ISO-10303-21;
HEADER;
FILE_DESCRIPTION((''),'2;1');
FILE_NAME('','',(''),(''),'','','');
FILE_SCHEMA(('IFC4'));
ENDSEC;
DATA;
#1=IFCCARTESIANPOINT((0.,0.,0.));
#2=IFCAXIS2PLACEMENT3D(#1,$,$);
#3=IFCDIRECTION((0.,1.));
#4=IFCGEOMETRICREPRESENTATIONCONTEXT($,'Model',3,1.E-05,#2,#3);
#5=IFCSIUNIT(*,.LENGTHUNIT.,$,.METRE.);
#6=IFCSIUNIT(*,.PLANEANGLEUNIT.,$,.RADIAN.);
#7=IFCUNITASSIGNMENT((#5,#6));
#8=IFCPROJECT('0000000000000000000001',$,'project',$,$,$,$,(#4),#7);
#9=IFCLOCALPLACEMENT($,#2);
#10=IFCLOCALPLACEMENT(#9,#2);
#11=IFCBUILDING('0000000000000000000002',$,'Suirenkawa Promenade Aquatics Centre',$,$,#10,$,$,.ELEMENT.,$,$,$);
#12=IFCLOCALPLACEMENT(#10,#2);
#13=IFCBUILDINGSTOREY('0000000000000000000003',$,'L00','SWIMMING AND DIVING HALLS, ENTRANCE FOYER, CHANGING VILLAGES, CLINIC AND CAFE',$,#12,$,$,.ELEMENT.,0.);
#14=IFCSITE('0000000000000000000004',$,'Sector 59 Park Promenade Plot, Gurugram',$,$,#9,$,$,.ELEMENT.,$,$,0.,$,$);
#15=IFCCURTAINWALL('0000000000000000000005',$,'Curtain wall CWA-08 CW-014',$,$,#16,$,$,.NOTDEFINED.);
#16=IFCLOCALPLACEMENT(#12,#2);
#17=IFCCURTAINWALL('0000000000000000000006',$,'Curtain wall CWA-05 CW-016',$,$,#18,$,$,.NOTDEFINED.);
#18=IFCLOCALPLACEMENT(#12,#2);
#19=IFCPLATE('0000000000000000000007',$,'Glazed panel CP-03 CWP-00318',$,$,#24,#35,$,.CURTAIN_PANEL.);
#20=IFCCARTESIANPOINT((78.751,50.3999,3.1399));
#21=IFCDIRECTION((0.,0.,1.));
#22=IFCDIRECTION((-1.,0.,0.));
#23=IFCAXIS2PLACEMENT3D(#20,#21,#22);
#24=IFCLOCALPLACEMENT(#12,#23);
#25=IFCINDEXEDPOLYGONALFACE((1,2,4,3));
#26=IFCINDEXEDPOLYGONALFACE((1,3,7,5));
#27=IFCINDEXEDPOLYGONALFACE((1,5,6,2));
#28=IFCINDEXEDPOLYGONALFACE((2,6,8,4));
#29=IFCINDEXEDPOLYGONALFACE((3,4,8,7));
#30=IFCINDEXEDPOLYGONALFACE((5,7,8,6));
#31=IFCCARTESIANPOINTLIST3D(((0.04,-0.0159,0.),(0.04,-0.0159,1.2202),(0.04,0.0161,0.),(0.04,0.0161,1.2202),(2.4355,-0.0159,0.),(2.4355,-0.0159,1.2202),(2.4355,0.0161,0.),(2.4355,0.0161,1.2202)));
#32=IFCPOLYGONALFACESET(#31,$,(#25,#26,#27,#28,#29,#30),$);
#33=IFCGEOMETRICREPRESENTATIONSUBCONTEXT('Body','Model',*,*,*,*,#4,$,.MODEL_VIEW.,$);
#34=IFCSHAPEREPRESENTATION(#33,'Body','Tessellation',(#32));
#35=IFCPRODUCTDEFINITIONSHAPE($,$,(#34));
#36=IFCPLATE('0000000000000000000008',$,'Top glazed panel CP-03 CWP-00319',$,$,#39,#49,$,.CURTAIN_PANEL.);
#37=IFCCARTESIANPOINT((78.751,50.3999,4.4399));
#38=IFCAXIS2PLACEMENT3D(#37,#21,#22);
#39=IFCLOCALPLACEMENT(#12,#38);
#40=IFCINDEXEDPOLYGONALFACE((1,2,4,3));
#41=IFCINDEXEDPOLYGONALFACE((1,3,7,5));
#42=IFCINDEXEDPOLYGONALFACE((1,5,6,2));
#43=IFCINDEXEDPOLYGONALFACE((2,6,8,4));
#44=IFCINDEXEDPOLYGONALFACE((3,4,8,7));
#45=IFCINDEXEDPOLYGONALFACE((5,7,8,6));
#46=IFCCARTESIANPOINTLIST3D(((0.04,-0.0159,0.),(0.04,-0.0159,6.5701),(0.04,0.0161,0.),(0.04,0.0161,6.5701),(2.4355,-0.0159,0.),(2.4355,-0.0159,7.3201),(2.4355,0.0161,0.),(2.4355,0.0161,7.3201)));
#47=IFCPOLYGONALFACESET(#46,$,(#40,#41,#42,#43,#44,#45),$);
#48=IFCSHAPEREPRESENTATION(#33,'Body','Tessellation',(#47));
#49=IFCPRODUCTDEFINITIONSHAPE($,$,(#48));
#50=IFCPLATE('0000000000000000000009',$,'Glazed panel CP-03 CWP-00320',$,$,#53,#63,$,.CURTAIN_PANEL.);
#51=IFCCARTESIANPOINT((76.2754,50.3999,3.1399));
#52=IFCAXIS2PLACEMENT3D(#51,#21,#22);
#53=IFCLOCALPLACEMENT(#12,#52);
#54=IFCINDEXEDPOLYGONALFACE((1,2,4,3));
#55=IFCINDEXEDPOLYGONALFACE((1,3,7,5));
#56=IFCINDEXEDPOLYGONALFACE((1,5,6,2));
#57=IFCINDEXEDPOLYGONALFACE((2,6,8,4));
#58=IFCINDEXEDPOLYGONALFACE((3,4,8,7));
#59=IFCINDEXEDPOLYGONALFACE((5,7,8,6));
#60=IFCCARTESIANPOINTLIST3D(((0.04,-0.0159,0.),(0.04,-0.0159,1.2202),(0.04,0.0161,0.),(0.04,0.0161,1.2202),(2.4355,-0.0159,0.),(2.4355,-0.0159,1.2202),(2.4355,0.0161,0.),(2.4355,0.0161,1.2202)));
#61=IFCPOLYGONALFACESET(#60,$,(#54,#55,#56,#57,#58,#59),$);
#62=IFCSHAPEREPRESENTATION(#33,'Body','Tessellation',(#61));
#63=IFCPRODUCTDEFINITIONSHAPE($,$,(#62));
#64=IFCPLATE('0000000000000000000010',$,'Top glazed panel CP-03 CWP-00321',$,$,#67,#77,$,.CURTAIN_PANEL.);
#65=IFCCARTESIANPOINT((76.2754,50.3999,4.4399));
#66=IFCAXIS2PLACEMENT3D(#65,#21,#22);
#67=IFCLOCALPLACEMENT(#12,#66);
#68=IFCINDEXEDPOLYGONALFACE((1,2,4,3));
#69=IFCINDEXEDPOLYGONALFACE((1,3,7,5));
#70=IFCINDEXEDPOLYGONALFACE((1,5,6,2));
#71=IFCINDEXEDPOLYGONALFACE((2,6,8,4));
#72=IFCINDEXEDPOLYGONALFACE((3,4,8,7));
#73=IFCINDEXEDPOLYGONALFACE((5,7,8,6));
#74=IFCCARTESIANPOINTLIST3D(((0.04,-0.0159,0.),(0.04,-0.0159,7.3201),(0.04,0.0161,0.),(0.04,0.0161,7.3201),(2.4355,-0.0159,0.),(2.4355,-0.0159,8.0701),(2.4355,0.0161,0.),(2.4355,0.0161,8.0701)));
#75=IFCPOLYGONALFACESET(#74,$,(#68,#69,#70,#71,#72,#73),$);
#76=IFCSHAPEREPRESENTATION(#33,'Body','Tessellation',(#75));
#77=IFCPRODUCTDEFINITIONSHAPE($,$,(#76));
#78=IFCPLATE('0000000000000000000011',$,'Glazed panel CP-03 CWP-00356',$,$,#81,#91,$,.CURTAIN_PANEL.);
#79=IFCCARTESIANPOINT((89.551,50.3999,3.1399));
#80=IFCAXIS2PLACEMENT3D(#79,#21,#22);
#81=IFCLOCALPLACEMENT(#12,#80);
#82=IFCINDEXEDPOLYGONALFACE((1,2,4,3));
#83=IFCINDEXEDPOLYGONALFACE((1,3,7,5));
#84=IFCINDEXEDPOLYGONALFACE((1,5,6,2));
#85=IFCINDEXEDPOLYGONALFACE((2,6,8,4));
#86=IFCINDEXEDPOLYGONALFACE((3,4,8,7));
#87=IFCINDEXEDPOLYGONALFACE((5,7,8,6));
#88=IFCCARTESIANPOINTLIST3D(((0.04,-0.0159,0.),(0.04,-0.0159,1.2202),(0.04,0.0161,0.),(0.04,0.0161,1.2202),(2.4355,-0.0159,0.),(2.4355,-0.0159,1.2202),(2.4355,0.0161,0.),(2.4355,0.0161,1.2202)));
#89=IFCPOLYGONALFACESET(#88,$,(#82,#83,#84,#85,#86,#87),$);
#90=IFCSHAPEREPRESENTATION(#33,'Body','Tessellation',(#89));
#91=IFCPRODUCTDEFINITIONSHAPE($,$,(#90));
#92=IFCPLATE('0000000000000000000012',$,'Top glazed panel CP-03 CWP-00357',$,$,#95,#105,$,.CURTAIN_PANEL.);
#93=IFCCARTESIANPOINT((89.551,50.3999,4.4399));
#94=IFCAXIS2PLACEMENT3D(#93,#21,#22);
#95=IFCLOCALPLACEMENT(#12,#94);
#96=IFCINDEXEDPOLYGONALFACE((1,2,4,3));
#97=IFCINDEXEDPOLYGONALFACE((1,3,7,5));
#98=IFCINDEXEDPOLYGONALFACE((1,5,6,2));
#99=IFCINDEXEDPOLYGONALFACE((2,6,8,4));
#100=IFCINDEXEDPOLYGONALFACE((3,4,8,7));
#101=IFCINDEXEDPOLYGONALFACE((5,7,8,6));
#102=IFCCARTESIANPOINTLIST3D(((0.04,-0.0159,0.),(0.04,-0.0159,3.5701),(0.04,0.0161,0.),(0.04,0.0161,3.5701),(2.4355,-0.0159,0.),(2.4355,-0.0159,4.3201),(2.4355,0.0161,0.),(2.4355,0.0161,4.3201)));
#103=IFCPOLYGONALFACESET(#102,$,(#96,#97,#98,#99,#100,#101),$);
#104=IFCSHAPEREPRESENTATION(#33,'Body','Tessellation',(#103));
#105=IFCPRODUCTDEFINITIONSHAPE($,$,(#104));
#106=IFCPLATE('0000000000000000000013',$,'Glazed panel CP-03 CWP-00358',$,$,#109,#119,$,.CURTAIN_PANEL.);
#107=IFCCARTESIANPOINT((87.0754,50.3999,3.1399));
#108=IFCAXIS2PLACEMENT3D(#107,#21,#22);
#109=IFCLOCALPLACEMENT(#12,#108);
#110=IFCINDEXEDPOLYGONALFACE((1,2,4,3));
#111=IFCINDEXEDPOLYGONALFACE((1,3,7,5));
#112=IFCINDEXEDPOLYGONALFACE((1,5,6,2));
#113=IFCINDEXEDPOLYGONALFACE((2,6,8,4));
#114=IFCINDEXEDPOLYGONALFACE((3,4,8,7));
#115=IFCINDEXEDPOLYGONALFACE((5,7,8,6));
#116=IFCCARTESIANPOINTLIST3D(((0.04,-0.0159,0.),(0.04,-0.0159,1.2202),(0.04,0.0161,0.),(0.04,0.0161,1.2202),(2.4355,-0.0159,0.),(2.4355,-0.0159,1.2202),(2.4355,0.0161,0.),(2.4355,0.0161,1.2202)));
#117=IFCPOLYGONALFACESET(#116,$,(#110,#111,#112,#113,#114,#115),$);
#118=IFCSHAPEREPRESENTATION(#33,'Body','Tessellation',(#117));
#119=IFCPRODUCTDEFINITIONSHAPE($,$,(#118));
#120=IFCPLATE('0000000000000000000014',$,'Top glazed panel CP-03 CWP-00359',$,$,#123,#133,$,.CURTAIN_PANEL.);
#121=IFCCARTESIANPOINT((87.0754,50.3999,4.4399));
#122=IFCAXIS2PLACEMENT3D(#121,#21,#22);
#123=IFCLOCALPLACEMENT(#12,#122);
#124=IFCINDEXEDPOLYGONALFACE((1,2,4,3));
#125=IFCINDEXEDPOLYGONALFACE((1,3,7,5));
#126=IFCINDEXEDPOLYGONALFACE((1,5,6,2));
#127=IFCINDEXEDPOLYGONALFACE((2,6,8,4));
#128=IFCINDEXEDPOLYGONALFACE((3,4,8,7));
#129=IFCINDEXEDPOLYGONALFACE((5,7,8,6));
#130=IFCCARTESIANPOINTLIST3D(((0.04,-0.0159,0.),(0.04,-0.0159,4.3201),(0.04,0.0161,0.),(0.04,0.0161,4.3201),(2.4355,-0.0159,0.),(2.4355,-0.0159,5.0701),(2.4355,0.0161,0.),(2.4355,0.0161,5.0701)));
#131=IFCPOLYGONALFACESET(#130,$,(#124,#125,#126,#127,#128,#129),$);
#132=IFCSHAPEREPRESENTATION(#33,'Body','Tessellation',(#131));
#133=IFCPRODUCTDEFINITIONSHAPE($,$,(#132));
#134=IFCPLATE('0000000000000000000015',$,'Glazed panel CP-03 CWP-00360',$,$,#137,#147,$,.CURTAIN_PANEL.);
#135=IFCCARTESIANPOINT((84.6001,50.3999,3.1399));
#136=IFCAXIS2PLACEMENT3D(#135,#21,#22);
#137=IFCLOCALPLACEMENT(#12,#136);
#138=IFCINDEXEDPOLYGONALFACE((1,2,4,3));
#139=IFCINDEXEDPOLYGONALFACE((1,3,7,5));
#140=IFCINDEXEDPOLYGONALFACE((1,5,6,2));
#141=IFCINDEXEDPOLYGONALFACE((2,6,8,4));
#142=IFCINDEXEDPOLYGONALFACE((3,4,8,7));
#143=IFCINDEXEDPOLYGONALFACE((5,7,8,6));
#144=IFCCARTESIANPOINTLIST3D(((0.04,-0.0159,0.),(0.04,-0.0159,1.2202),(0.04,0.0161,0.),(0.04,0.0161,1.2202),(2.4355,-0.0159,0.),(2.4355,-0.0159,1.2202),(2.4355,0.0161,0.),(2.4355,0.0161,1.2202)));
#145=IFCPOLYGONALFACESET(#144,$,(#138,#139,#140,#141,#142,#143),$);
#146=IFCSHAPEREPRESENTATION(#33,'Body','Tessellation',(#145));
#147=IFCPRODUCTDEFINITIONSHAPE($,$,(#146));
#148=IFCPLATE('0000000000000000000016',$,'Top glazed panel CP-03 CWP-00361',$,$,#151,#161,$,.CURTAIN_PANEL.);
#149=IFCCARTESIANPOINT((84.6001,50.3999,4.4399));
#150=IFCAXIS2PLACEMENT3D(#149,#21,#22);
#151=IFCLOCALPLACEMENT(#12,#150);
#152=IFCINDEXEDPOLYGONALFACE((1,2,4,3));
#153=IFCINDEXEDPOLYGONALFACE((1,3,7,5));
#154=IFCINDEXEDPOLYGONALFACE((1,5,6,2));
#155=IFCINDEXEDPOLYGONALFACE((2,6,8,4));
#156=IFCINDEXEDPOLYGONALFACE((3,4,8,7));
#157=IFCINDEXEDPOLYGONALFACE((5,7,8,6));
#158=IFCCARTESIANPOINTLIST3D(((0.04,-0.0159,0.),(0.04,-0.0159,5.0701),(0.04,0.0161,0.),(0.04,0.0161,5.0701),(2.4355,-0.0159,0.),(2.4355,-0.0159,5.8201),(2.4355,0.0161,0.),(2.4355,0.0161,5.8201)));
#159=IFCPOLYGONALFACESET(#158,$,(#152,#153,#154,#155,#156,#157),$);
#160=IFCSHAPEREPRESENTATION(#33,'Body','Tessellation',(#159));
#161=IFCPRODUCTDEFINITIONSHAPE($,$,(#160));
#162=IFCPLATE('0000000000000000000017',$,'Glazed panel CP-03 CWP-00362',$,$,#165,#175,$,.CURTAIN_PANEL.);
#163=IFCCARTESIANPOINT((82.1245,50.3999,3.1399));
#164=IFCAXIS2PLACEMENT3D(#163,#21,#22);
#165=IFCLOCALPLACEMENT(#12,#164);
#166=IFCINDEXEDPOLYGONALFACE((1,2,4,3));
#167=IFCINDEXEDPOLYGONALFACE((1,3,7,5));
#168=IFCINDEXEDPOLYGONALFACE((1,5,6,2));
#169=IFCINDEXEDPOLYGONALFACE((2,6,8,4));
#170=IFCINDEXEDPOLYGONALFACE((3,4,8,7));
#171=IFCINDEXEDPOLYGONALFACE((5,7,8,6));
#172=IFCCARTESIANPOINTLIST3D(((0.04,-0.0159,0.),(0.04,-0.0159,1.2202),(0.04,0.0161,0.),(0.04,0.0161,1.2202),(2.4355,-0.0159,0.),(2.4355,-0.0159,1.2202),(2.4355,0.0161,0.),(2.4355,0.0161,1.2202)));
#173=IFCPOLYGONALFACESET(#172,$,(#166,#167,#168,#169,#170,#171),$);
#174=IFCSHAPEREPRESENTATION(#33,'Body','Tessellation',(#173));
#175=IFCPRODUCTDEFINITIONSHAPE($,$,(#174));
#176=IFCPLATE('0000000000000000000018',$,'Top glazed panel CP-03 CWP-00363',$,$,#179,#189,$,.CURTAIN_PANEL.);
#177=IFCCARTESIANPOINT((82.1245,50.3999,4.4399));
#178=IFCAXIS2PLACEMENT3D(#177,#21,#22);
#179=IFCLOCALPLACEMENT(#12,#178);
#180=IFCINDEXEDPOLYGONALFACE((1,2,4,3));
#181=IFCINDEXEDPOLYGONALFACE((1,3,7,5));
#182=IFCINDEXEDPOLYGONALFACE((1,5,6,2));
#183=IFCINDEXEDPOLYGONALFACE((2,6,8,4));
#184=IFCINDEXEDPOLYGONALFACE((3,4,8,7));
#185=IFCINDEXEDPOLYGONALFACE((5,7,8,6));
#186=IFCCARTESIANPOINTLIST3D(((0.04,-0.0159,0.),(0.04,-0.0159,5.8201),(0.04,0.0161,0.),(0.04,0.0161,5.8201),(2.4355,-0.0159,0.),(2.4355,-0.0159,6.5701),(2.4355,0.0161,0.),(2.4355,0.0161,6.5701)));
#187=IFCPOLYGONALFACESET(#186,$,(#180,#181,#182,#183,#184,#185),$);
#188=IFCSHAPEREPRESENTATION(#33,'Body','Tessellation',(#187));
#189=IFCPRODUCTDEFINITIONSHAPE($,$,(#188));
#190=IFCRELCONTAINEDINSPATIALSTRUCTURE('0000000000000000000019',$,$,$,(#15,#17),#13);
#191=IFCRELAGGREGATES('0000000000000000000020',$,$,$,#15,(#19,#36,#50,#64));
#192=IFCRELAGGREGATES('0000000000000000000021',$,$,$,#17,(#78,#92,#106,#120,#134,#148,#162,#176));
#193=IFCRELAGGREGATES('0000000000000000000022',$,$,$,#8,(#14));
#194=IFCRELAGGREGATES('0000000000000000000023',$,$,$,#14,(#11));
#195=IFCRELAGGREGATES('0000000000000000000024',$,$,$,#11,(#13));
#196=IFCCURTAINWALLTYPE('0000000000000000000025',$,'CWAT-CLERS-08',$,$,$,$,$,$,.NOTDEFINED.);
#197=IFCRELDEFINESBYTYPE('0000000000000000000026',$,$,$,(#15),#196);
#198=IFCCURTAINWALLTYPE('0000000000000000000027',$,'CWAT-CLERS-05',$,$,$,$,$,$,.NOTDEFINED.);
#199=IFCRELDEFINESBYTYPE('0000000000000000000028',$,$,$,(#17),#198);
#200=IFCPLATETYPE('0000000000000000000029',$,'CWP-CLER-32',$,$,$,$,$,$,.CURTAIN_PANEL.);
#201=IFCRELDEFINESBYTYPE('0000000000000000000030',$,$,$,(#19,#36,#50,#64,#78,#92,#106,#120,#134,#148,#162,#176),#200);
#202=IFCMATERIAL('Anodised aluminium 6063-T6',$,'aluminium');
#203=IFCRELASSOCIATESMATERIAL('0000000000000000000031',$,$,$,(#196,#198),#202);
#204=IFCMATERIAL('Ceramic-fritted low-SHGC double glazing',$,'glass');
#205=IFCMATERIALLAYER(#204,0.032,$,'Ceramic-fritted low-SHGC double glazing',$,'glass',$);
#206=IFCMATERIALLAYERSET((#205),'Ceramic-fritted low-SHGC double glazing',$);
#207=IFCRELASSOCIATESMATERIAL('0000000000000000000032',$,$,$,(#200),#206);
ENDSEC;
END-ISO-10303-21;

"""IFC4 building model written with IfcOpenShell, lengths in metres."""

from ifc_helpers import new_model, si_unit, direction, frame, origin, place, context, subcontext, project, spatial, polyline, outline, extrude, material, layer, layer_set, type_object, element, aggregate, save


model = new_model("IFC4")

# Units and contexts
model_context = context("Model", 3, precision=1e-05, world=origin(), true_north=direction((0.0, 1.0)))
body_context = subcontext(model_context, "Body", "Model", "MODEL_VIEW")
ifc_project = project(units=[si_unit("LENGTHUNIT", "METRE"), si_unit("PLANEANGLEUNIT", "RADIAN")], contexts=[model_context])

# Site, building, storey
site_placement = place(None, origin())
site = spatial("IfcSite", under=ifc_project, at=site_placement, Name="Sector 59 Park Promenade Plot, Gurugram", CompositionType="ELEMENT", RefElevation=0.0)
building_placement = place(site_placement, origin())
building = spatial("IfcBuilding", under=site, at=building_placement, Name="Suirenkawa Promenade Aquatics Centre", CompositionType="ELEMENT")
storey_placement = place(building_placement, origin())
storey = spatial("IfcBuildingStorey", under=building, at=storey_placement, Name="L00", Description="SWIMMING AND DIVING HALLS, ENTRANCE FOYER, CHANGING VILLAGES, CLINIC AND CAFE", CompositionType="ELEMENT", Elevation=0.0)

# Curtain wall
ifc_material_1 = material(Name="Anodised aluminium 6063-T6", Category="aluminium")
curtain_wall_type_1 = type_object("IfcCurtainWallType", Name="CWAT-CLERS-08", PredefinedType="NOTDEFINED", material=ifc_material_1)
curtain_wall_1_placement = place(storey_placement, origin())
curtain_wall_1 = element("IfcCurtainWall", 1, at=curtain_wall_1_placement, inside=storey, type_object=curtain_wall_type_1, Name="Curtain wall CWA-08 CW-014", PredefinedType="NOTDEFINED")

# Curtain wall
curtain_wall_type_2 = type_object("IfcCurtainWallType", Name="CWAT-CLERS-05", PredefinedType="NOTDEFINED", material=ifc_material_1)
curtain_wall_2_placement = place(storey_placement, origin())
curtain_wall_2 = element("IfcCurtainWall", 2, at=curtain_wall_2_placement, inside=storey, type_object=curtain_wall_type_2, Name="Curtain wall CWA-05 CW-016", PredefinedType="NOTDEFINED")

# Plates
ifc_material_2 = material(Name="Ceramic-fritted low-SHGC double glazing", Category="glass")
ifc_layer_1 = layer(ifc_material_2, 0.032, Name="Ceramic-fritted low-SHGC double glazing", Category="glass")
ifc_layer_set_1 = layer_set([ifc_layer_1], Name="Ceramic-fritted low-SHGC double glazing")
plate_type = type_object("IfcPlateType", Name="CWP-CLER-32", PredefinedType="CURTAIN_PANEL", material=ifc_layer_set_1)
plate_1_placement = place(storey_placement, frame((78.751, 50.3999, 3.1399), z_axis=(0.0, 0.0, 1.0), x_axis=(-1.0, 0.0, 0.0)))
plate_1 = element("IfcPlate", 3, at=plate_1_placement, type_object=plate_type, Name="Glazed panel CP-03 CWP-00318", PredefinedType="CURTAIN_PANEL", context=body_context, shape_type="SweptSolid", body=[
    extrude(outline(polyline([(0.04, 0.0), (2.4355, 0.0), (2.4355, 1.2202), (0.04, 1.2202), (0.04, 0.0)])), frame((0.0, 0.0161, 0.0), z_axis=(0.0, -1.0, 0.0), x_axis=(1.0, 0.0, 0.0)), (0.0, 0.0, 1.0), 0.032),
])
plate_2_placement = place(storey_placement, frame((78.751, 50.3999, 4.4399), z_axis=(0.0, 0.0, 1.0), x_axis=(-1.0, 0.0, 0.0)))
plate_2 = element("IfcPlate", 4, at=plate_2_placement, type_object=plate_type, Name="Top glazed panel CP-03 CWP-00319", PredefinedType="CURTAIN_PANEL", context=body_context, shape_type="SweptSolid", body=[
    extrude(outline(polyline([(0.04, 0.0), (2.4355, 0.0), (2.4355, 7.3201), (0.04, 6.5701), (0.04, 0.0)])), frame((0.0, 0.0161, 0.0), z_axis=(0.0, -1.0, 0.0), x_axis=(1.0, 0.0, 0.0)), (0.0, 0.0, 1.0), 0.032),
])
plate_3_placement = place(storey_placement, frame((76.2754, 50.3999, 3.1399), z_axis=(0.0, 0.0, 1.0), x_axis=(-1.0, 0.0, 0.0)))
plate_3 = element("IfcPlate", 5, at=plate_3_placement, type_object=plate_type, Name="Glazed panel CP-03 CWP-00320", PredefinedType="CURTAIN_PANEL", context=body_context, shape_type="SweptSolid", body=[
    extrude(outline(polyline([(0.04, 0.0), (2.4355, 0.0), (2.4355, 1.2202), (0.04, 1.2202), (0.04, 0.0)])), frame((0.0, 0.0161, 0.0), z_axis=(0.0, -1.0, 0.0), x_axis=(1.0, 0.0, 0.0)), (0.0, 0.0, 1.0), 0.032),
])
plate_4_placement = place(storey_placement, frame((76.2754, 50.3999, 4.4399), z_axis=(0.0, 0.0, 1.0), x_axis=(-1.0, 0.0, 0.0)))
plate_4 = element("IfcPlate", 6, at=plate_4_placement, type_object=plate_type, Name="Top glazed panel CP-03 CWP-00321", PredefinedType="CURTAIN_PANEL", context=body_context, shape_type="SweptSolid", body=[
    extrude(outline(polyline([(0.04, 0.0), (2.4355, 0.0), (2.4355, 8.0701), (0.04, 7.3201), (0.04, 0.0)])), frame((0.0, 0.0161, 0.0), z_axis=(0.0, -1.0, 0.0), x_axis=(1.0, 0.0, 0.0)), (0.0, 0.0, 1.0), 0.032),
])
aggregate(curtain_wall_1, [plate_1, plate_2, plate_3, plate_4])
plate_5_placement = place(storey_placement, frame((89.551, 50.3999, 3.1399), z_axis=(0.0, 0.0, 1.0), x_axis=(-1.0, 0.0, 0.0)))
plate_5 = element("IfcPlate", 7, at=plate_5_placement, type_object=plate_type, Name="Glazed panel CP-03 CWP-00356", PredefinedType="CURTAIN_PANEL", context=body_context, shape_type="SweptSolid", body=[
    extrude(outline(polyline([(0.04, 0.0), (2.4355, 0.0), (2.4355, 1.2202), (0.04, 1.2202), (0.04, 0.0)])), frame((0.0, 0.0161, 0.0), z_axis=(0.0, -1.0, 0.0), x_axis=(1.0, 0.0, 0.0)), (0.0, 0.0, 1.0), 0.032),
])
plate_6_placement = place(storey_placement, frame((89.551, 50.3999, 4.4399), z_axis=(0.0, 0.0, 1.0), x_axis=(-1.0, 0.0, 0.0)))
plate_6 = element("IfcPlate", 8, at=plate_6_placement, type_object=plate_type, Name="Top glazed panel CP-03 CWP-00357", PredefinedType="CURTAIN_PANEL", context=body_context, shape_type="SweptSolid", body=[
    extrude(outline(polyline([(0.04, 0.0), (2.4355, 0.0), (2.4355, 4.3201), (0.04, 3.5701), (0.04, 0.0)])), frame((0.0, 0.0161, 0.0), z_axis=(0.0, -1.0, 0.0), x_axis=(1.0, 0.0, 0.0)), (0.0, 0.0, 1.0), 0.032),
])
plate_7_placement = place(storey_placement, frame((87.0754, 50.3999, 3.1399), z_axis=(0.0, 0.0, 1.0), x_axis=(-1.0, 0.0, 0.0)))
plate_7 = element("IfcPlate", 9, at=plate_7_placement, type_object=plate_type, Name="Glazed panel CP-03 CWP-00358", PredefinedType="CURTAIN_PANEL", context=body_context, shape_type="SweptSolid", body=[
    extrude(outline(polyline([(0.04, 0.0), (2.4355, 0.0), (2.4355, 1.2202), (0.04, 1.2202), (0.04, 0.0)])), frame((0.0, 0.0161, 0.0), z_axis=(0.0, -1.0, 0.0), x_axis=(1.0, 0.0, 0.0)), (0.0, 0.0, 1.0), 0.032),
])
plate_8_placement = place(storey_placement, frame((87.0754, 50.3999, 4.4399), z_axis=(0.0, 0.0, 1.0), x_axis=(-1.0, 0.0, 0.0)))
plate_8 = element("IfcPlate", 10, at=plate_8_placement, type_object=plate_type, Name="Top glazed panel CP-03 CWP-00359", PredefinedType="CURTAIN_PANEL", context=body_context, shape_type="SweptSolid", body=[
    extrude(outline(polyline([(0.04, 0.0), (2.4355, 0.0), (2.4355, 5.0701), (0.04, 4.3201), (0.04, 0.0)])), frame((0.0, 0.0161, 0.0), z_axis=(0.0, -1.0, 0.0), x_axis=(1.0, 0.0, 0.0)), (0.0, 0.0, 1.0), 0.032),
])
plate_9_placement = place(storey_placement, frame((84.6001, 50.3999, 3.1399), z_axis=(0.0, 0.0, 1.0), x_axis=(-1.0, 0.0, 0.0)))
plate_9 = element("IfcPlate", 11, at=plate_9_placement, type_object=plate_type, Name="Glazed panel CP-03 CWP-00360", PredefinedType="CURTAIN_PANEL", context=body_context, shape_type="SweptSolid", body=[
    extrude(outline(polyline([(0.04, 0.0), (2.4355, 0.0), (2.4355, 1.2202), (0.04, 1.2202), (0.04, 0.0)])), frame((0.0, 0.0161, 0.0), z_axis=(0.0, -1.0, 0.0), x_axis=(1.0, 0.0, 0.0)), (0.0, 0.0, 1.0), 0.032),
])
plate_10_placement = place(storey_placement, frame((84.6001, 50.3999, 4.4399), z_axis=(0.0, 0.0, 1.0), x_axis=(-1.0, 0.0, 0.0)))
plate_10 = element("IfcPlate", 12, at=plate_10_placement, type_object=plate_type, Name="Top glazed panel CP-03 CWP-00361", PredefinedType="CURTAIN_PANEL", context=body_context, shape_type="SweptSolid", body=[
    extrude(outline(polyline([(0.04, 0.0), (2.4355, 0.0), (2.4355, 5.8201), (0.04, 5.0701), (0.04, 0.0)])), frame((0.0, 0.0161, 0.0), z_axis=(0.0, -1.0, 0.0), x_axis=(1.0, 0.0, 0.0)), (0.0, 0.0, 1.0), 0.032),
])
plate_11_placement = place(storey_placement, frame((82.1245, 50.3999, 3.1399), z_axis=(0.0, 0.0, 1.0), x_axis=(-1.0, 0.0, 0.0)))
plate_11 = element("IfcPlate", 13, at=plate_11_placement, type_object=plate_type, Name="Glazed panel CP-03 CWP-00362", PredefinedType="CURTAIN_PANEL", context=body_context, shape_type="SweptSolid", body=[
    extrude(outline(polyline([(0.04, 0.0), (2.4355, 0.0), (2.4355, 1.2202), (0.04, 1.2202), (0.04, 0.0)])), frame((0.0, 0.0161, 0.0), z_axis=(0.0, -1.0, 0.0), x_axis=(1.0, 0.0, 0.0)), (0.0, 0.0, 1.0), 0.032),
])
plate_12_placement = place(storey_placement, frame((82.1245, 50.3999, 4.4399), z_axis=(0.0, 0.0, 1.0), x_axis=(-1.0, 0.0, 0.0)))
plate_12 = element("IfcPlate", 14, at=plate_12_placement, type_object=plate_type, Name="Top glazed panel CP-03 CWP-00363", PredefinedType="CURTAIN_PANEL", context=body_context, shape_type="SweptSolid", body=[
    extrude(outline(polyline([(0.04, 0.0), (2.4355, 0.0), (2.4355, 6.5701), (0.04, 5.8201), (0.04, 0.0)])), frame((0.0, 0.0161, 0.0), z_axis=(0.0, -1.0, 0.0), x_axis=(1.0, 0.0, 0.0)), (0.0, 0.0, 1.0), 0.032),
])
aggregate(curtain_wall_2, [plate_5, plate_6, plate_7, plate_8, plate_9, plate_10, plate_11, plate_12])

save(model, "model.ifc")
